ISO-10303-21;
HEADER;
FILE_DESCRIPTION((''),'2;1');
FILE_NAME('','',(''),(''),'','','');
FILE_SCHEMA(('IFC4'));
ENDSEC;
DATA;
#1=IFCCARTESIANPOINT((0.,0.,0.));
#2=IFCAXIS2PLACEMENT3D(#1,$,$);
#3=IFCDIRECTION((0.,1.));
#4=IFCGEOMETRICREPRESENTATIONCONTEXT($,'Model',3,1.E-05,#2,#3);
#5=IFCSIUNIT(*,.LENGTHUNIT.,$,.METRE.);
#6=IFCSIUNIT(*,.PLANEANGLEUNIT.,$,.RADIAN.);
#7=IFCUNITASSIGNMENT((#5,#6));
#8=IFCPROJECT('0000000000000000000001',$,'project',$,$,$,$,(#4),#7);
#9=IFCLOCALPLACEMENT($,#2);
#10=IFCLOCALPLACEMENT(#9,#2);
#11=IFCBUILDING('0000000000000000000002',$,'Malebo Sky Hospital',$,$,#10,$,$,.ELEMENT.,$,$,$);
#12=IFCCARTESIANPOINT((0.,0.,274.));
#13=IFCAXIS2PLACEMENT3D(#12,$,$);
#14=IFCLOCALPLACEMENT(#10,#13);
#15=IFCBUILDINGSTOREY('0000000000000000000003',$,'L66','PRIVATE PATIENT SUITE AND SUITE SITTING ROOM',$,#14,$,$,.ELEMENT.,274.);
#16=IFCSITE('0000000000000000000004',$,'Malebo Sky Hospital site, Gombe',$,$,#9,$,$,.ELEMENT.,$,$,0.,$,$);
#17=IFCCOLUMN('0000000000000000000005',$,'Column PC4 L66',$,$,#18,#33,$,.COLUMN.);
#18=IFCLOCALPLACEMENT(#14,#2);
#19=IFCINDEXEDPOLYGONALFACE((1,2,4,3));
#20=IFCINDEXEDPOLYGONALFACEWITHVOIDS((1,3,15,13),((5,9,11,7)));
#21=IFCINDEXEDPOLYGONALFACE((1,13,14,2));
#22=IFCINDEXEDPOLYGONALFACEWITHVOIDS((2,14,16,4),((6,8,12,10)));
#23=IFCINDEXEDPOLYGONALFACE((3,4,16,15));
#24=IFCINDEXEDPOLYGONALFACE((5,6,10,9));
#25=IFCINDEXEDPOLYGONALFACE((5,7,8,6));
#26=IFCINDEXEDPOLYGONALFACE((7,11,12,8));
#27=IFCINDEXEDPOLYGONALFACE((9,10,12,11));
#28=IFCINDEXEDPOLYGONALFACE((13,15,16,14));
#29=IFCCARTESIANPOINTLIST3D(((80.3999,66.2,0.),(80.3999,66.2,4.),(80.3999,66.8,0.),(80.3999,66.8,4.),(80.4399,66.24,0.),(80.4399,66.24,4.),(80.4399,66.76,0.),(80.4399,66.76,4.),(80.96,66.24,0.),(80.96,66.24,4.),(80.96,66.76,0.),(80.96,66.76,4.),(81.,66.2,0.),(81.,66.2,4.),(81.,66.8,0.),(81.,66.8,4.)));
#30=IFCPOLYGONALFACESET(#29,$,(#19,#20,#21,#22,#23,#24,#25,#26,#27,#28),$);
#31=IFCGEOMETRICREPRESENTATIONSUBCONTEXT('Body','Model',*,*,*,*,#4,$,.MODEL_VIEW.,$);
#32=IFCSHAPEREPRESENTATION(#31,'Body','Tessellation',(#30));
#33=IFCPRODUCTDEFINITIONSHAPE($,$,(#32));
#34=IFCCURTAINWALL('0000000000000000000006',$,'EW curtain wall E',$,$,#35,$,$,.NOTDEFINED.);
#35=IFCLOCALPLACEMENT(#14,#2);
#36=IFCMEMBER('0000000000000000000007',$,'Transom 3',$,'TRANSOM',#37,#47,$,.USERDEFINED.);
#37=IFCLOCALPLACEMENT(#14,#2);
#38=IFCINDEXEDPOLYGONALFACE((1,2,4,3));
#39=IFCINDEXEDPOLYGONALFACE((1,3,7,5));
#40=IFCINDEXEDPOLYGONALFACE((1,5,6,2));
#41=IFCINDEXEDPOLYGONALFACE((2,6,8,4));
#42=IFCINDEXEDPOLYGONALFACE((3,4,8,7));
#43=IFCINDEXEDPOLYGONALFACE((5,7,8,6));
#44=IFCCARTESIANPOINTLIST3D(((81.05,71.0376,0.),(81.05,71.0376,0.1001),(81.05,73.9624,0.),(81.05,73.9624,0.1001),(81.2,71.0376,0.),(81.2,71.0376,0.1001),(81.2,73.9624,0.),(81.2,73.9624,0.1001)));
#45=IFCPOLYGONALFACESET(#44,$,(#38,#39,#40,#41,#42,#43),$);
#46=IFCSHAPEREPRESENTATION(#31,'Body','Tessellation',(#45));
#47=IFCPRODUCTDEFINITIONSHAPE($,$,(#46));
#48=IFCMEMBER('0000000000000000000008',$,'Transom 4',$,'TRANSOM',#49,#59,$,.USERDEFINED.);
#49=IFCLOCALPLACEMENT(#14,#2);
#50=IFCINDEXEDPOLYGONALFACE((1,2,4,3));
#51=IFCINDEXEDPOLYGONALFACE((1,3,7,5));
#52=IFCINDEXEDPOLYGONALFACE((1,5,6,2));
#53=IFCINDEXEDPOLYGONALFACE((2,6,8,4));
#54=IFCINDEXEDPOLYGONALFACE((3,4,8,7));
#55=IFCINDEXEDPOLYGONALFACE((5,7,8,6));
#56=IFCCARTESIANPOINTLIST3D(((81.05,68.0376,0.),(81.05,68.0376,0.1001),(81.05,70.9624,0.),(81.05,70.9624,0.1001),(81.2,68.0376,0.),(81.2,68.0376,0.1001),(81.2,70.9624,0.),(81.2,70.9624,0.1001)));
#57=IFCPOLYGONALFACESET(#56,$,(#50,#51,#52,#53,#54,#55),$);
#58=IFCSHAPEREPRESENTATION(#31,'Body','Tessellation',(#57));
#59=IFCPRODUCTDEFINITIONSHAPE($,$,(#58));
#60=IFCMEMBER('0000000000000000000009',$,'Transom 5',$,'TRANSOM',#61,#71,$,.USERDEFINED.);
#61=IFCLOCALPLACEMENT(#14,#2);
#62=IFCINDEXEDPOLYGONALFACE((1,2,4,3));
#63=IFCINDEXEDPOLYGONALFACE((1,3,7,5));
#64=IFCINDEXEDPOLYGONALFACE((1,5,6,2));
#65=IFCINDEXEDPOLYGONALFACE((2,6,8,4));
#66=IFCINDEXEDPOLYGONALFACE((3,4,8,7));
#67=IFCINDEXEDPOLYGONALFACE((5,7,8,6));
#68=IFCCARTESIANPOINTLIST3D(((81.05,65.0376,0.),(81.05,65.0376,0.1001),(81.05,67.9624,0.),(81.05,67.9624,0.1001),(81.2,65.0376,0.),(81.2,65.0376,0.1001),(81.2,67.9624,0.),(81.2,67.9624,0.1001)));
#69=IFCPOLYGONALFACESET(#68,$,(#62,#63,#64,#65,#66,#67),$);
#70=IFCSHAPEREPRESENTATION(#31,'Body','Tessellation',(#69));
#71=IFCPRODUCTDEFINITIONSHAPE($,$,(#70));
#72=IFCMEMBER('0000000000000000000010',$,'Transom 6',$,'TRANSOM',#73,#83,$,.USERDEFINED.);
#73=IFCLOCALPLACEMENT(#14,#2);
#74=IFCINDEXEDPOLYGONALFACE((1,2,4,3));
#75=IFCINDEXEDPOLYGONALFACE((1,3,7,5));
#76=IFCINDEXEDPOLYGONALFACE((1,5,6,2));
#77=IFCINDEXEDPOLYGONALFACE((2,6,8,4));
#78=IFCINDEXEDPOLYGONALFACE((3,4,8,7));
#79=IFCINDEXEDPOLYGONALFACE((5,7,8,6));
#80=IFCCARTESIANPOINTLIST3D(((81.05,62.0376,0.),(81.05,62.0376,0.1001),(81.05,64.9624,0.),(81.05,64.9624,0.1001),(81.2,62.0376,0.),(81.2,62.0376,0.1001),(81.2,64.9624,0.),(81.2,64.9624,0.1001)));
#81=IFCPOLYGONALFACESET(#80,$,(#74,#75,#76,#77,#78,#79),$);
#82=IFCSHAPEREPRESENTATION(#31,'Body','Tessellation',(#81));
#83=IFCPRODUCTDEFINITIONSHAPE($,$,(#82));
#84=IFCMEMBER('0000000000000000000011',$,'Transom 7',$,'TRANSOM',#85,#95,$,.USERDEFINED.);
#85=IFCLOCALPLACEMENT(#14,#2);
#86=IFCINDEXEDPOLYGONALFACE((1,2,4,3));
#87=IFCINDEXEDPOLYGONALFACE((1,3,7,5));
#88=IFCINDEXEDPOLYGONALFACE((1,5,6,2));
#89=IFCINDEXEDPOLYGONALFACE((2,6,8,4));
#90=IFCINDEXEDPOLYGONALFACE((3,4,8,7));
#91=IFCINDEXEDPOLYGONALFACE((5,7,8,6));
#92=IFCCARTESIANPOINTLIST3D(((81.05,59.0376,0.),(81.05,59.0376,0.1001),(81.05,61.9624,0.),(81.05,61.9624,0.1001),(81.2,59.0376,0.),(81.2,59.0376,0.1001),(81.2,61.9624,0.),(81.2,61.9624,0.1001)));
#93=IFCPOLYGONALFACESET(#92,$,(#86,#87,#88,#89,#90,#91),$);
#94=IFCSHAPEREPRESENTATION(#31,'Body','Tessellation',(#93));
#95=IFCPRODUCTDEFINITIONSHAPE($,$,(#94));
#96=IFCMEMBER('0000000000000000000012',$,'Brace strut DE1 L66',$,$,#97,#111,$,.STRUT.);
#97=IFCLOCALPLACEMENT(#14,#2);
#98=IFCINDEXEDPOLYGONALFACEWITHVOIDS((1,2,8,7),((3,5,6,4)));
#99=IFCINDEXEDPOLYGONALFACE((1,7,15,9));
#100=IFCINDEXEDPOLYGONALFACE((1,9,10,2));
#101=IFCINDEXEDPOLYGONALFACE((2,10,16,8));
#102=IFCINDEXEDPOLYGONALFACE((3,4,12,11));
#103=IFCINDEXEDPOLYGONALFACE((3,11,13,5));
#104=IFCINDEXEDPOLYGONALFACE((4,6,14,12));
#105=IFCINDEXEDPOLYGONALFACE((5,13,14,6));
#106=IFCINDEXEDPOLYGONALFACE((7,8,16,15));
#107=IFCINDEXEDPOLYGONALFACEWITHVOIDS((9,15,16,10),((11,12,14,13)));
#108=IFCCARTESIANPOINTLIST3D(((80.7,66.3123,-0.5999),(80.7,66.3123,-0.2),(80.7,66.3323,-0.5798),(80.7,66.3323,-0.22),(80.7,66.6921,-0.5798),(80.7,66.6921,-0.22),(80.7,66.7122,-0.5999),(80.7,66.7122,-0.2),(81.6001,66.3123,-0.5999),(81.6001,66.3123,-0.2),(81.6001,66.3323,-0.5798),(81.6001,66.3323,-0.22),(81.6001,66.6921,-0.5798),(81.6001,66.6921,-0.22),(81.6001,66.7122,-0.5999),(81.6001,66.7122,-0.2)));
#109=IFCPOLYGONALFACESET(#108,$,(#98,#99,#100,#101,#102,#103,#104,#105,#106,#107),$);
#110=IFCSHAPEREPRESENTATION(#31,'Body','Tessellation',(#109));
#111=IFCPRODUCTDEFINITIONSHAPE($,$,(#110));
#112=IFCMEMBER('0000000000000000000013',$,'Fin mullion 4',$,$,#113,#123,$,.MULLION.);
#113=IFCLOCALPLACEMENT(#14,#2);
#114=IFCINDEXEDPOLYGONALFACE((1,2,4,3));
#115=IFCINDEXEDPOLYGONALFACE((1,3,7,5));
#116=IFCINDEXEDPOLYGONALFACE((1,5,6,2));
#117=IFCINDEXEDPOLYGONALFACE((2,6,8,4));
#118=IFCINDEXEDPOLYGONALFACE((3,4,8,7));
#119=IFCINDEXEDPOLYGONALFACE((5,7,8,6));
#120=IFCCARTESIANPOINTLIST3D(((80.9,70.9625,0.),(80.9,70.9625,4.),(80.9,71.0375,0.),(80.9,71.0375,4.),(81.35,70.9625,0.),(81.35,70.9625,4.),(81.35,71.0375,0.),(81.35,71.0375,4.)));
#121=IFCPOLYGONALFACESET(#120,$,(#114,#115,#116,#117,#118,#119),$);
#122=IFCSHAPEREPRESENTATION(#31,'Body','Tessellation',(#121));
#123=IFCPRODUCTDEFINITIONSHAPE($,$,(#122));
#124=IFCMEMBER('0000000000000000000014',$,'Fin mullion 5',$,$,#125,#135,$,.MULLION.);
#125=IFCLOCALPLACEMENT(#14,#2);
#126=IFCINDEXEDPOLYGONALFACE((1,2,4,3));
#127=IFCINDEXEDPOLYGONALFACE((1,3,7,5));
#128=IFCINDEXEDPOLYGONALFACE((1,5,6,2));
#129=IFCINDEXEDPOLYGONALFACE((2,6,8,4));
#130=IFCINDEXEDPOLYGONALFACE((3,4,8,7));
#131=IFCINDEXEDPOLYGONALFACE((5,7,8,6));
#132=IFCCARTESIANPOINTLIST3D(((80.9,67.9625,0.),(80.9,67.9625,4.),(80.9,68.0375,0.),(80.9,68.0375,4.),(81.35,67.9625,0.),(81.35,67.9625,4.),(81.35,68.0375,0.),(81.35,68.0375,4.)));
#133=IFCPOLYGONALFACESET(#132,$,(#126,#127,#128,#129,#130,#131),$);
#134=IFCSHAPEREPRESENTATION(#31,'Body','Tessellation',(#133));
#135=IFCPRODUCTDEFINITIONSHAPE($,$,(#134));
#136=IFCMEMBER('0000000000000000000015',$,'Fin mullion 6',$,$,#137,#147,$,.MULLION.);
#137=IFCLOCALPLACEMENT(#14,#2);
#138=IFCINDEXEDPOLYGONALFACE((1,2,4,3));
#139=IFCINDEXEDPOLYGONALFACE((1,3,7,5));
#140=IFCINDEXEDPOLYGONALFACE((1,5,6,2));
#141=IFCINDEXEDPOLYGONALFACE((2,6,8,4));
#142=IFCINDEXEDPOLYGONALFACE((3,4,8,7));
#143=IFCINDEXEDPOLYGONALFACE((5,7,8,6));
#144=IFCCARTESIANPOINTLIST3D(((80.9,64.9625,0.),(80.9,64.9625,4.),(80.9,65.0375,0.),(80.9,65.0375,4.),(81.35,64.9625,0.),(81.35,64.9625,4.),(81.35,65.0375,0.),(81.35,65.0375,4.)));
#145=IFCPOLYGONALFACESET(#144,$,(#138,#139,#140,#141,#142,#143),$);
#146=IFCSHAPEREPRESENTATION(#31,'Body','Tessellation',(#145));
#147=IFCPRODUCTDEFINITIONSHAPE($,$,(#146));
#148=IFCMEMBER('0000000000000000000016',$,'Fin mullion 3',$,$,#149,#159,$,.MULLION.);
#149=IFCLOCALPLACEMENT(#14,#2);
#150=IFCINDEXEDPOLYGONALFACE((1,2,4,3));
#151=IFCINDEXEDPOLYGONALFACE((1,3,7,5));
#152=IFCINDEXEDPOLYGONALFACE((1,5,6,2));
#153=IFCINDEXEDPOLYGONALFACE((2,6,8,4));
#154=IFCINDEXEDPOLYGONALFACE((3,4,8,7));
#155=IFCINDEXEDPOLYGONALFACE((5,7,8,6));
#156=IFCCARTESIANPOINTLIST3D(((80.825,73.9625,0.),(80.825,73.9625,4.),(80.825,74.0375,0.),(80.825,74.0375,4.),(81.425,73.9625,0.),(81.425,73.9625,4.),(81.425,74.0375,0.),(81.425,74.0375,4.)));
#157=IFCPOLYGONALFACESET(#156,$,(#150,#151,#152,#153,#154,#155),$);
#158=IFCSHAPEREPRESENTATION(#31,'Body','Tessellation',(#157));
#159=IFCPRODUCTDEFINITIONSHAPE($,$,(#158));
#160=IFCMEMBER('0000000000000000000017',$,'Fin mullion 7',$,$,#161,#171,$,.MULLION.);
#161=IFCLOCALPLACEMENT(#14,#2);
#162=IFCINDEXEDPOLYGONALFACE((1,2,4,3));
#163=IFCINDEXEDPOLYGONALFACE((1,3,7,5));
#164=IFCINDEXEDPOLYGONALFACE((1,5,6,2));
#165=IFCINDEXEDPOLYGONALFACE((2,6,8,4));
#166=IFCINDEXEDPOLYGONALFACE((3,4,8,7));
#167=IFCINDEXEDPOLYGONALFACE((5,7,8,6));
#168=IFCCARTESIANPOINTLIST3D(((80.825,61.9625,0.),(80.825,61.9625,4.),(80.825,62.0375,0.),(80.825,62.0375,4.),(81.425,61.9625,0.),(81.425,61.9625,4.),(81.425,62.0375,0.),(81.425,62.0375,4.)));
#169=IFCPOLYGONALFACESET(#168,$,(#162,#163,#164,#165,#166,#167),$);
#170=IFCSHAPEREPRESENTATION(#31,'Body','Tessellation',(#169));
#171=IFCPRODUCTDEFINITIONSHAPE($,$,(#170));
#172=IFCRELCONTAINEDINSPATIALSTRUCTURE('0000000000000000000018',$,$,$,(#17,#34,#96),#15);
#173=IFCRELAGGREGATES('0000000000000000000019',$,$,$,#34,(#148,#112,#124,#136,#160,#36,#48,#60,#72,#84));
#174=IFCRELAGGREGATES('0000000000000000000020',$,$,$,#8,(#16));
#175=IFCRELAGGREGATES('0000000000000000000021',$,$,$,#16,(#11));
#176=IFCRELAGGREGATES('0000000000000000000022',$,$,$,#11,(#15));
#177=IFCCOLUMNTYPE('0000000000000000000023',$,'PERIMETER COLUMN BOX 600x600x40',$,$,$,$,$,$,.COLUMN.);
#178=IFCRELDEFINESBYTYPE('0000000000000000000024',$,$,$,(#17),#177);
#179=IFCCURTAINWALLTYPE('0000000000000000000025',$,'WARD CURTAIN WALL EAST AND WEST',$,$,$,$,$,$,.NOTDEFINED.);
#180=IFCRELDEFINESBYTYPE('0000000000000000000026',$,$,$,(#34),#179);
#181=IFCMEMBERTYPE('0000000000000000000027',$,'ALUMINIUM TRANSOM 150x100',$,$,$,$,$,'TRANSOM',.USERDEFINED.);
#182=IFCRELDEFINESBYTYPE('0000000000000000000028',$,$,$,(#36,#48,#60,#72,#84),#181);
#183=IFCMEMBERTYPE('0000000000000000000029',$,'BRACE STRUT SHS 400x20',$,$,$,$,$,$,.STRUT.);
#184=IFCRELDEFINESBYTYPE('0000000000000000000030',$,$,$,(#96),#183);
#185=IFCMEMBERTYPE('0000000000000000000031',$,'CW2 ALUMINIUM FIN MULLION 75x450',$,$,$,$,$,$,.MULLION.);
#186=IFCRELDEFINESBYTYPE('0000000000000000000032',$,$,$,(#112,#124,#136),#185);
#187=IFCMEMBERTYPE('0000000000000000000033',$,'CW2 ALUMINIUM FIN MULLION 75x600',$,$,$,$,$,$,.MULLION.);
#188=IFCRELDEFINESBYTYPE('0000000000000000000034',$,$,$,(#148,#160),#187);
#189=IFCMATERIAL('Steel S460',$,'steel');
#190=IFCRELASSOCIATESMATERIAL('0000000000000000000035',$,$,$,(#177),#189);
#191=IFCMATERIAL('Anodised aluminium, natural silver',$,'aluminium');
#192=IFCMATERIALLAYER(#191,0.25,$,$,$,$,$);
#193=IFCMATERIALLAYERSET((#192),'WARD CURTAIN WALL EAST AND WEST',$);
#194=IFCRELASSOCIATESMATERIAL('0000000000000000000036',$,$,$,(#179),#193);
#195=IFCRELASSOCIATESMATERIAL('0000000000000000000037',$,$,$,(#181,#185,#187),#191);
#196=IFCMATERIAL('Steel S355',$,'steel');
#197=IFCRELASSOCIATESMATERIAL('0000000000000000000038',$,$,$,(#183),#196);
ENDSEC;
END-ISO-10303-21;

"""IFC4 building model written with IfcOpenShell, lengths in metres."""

from ifc_helpers import new_model, si_unit, direction, frame, origin, origin_2d, place, context, subcontext, project, spatial, rectangle, hollow_rectangle, extrude, material, layer, layer_set, material_profile, profile_set, type_object, element, aggregate, save


model = new_model("IFC4")

# Units and contexts
model_context = context("Model", 3, precision=1e-05, world=origin(), true_north=direction((0.0, 1.0)))
body_context = subcontext(model_context, "Body", "Model", "MODEL_VIEW")
ifc_project = project(units=[si_unit("LENGTHUNIT", "METRE"), si_unit("PLANEANGLEUNIT", "RADIAN")], contexts=[model_context])

# Site, building, storey
site_placement = place(None, origin())
site = spatial("IfcSite", under=ifc_project, at=site_placement, Name="Malebo Sky Hospital site, Gombe", CompositionType="ELEMENT", RefElevation=0.0)
building_placement = place(site_placement, origin())
building = spatial("IfcBuilding", under=site, at=building_placement, Name="Malebo Sky Hospital", CompositionType="ELEMENT")
storey_placement = place(building_placement, frame((0.0, 0.0, 274.0)))
storey = spatial("IfcBuildingStorey", under=building, at=storey_placement, Name="L66", Description="PRIVATE PATIENT SUITE AND SUITE SITTING ROOM", CompositionType="ELEMENT", Elevation=274.0)

# Column
ifc_material_1 = material(Name="Steel S460", Category="steel")
ifc_material_profile_1 = material_profile(ifc_material_1, hollow_rectangle(XDim=0.6001, YDim=0.6001, WallThickness=0.04, at=origin_2d()), Name="BOX 600x600x40")
ifc_profile_set_1 = profile_set([ifc_material_profile_1], Name="Steel S460")
column_type = type_object("IfcColumnType", Name="PERIMETER COLUMN BOX 600x600x40", PredefinedType="COLUMN", material=ifc_profile_set_1)
column_placement = place(storey_placement, frame((80.7, 66.5, 0.0), z_axis=(0.0, 0.0, 1.0), x_axis=(1.0, 0.0, 0.0)))
element("IfcColumn", 1, at=column_placement, inside=storey, type_object=column_type, Name="Column PC4 L66", PredefinedType="COLUMN", context=body_context, shape_type="SweptSolid", body=[
    extrude(hollow_rectangle(XDim=0.6001, YDim=0.6001, WallThickness=0.04, at=origin_2d()), origin(), (0.0, 0.0, 1.0), 4.0),
])

# Curtain wall, members
ifc_material_2 = material(Name="Anodised aluminium, natural silver", Category="aluminium")
ifc_layer_1 = layer(ifc_material_2, 0.25)
ifc_layer_set_1 = layer_set([ifc_layer_1], Name="WARD CURTAIN WALL EAST AND WEST")
curtain_wall_type = type_object("IfcCurtainWallType", Name="WARD CURTAIN WALL EAST AND WEST", PredefinedType="NOTDEFINED", material=ifc_layer_set_1)
curtain_wall_placement = place(storey_placement, origin())
curtain_wall = element("IfcCurtainWall", 2, at=curtain_wall_placement, inside=storey, type_object=curtain_wall_type, Name="EW curtain wall E", PredefinedType="NOTDEFINED")
ifc_material_profile_2 = material_profile(ifc_material_2, rectangle(XDim=0.1499, YDim=0.1001, at=origin_2d()), Name="ALUMINIUM TRANSOM 150x100")
ifc_profile_set_2 = profile_set([ifc_material_profile_2], Name="Anodised aluminium, natural silver")
member_type_1 = type_object("IfcMemberType", Name="ALUMINIUM TRANSOM 150x100", ElementType="TRANSOM", PredefinedType="USERDEFINED", material=ifc_profile_set_2)
member_1_placement = place(storey_placement, frame((81.125, 73.9624, 0.05), z_axis=(0.0, -1.0, 0.0), x_axis=(1.0, 0.0, 0.0)))
member_1 = element("IfcMember", 3, at=member_1_placement, type_object=member_type_1, Name="Transom 3", ObjectType="TRANSOM", PredefinedType="USERDEFINED", context=body_context, shape_type="SweptSolid", body=[
    extrude(rectangle(XDim=0.1499, YDim=0.1001, at=origin_2d()), origin(), (0.0, 0.0, 1.0), 2.9248),
])
member_2_placement = place(storey_placement, frame((81.125, 70.9624, 0.05), z_axis=(0.0, -1.0, 0.0), x_axis=(1.0, 0.0, 0.0)))
member_2 = element("IfcMember", 4, at=member_2_placement, type_object=member_type_1, Name="Transom 4", ObjectType="TRANSOM", PredefinedType="USERDEFINED", context=body_context, shape_type="SweptSolid", body=[
    extrude(rectangle(XDim=0.1499, YDim=0.1001, at=origin_2d()), origin(), (0.0, 0.0, 1.0), 2.9248),
])
member_3_placement = place(storey_placement, frame((81.125, 67.9624, 0.05), z_axis=(0.0, -1.0, 0.0), x_axis=(1.0, 0.0, 0.0)))
member_3 = element("IfcMember", 5, at=member_3_placement, type_object=member_type_1, Name="Transom 5", ObjectType="TRANSOM", PredefinedType="USERDEFINED", context=body_context, shape_type="SweptSolid", body=[
    extrude(rectangle(XDim=0.1499, YDim=0.1001, at=origin_2d()), origin(), (0.0, 0.0, 1.0), 2.9248),
])
member_4_placement = place(storey_placement, frame((81.125, 64.9624, 0.05), z_axis=(0.0, -1.0, 0.0), x_axis=(1.0, 0.0, 0.0)))
member_4 = element("IfcMember", 6, at=member_4_placement, type_object=member_type_1, Name="Transom 6", ObjectType="TRANSOM", PredefinedType="USERDEFINED", context=body_context, shape_type="SweptSolid", body=[
    extrude(rectangle(XDim=0.1499, YDim=0.1001, at=origin_2d()), origin(), (0.0, 0.0, 1.0), 2.9248),
])
member_5_placement = place(storey_placement, frame((81.125, 61.9624, 0.05), z_axis=(0.0, -1.0, 0.0), x_axis=(1.0, 0.0, 0.0)))
member_5 = element("IfcMember", 7, at=member_5_placement, type_object=member_type_1, Name="Transom 7", ObjectType="TRANSOM", PredefinedType="USERDEFINED", context=body_context, shape_type="SweptSolid", body=[
    extrude(rectangle(XDim=0.1499, YDim=0.1001, at=origin_2d()), origin(), (0.0, 0.0, 1.0), 2.9248),
])

# Members
ifc_material_3 = material(Name="Steel S355", Category="steel")
ifc_material_profile_3 = material_profile(ifc_material_3, hollow_rectangle(XDim=0.3999, YDim=0.3999, WallThickness=0.02, at=origin_2d()), Name="SHS 400x20")
ifc_profile_set_3 = profile_set([ifc_material_profile_3], Name="Steel S355")
member_type_2 = type_object("IfcMemberType", Name="BRACE STRUT SHS 400x20", PredefinedType="STRUT", material=ifc_profile_set_3)
member_6_placement = place(storey_placement, frame((81.6001, 66.5122, -0.3999), z_axis=(-1.0, 0.0, 0.0), x_axis=(0.0, -1.0, 0.0)))
element("IfcMember", 8, at=member_6_placement, inside=storey, type_object=member_type_2, Name="Brace strut DE1 L66", PredefinedType="STRUT", context=body_context, shape_type="SweptSolid", body=[
    extrude(hollow_rectangle(XDim=0.3999, YDim=0.3999, WallThickness=0.02, at=origin_2d()), origin(), (0.0, 0.0, 1.0), 0.9001),
])
ifc_material_profile_4 = material_profile(ifc_material_2, rectangle(XDim=0.075, YDim=0.45, at=origin_2d()), Name="CW2 ALUMINIUM FIN MULLION 75x450")
ifc_profile_set_4 = profile_set([ifc_material_profile_4], Name="Anodised aluminium, natural silver")
member_type_3 = type_object("IfcMemberType", Name="CW2 ALUMINIUM FIN MULLION 75x450", PredefinedType="MULLION", material=ifc_profile_set_4)
member_7_placement = place(storey_placement, frame((81.125, 71.0, 0.0), z_axis=(0.0, 0.0, 1.0), x_axis=(0.0, -1.0, 0.0)))
member_7 = element("IfcMember", 9, at=member_7_placement, type_object=member_type_3, Name="Fin mullion 4", PredefinedType="MULLION", context=body_context, shape_type="SweptSolid", body=[
    extrude(rectangle(XDim=0.075, YDim=0.45, at=origin_2d()), origin(), (0.0, 0.0, 1.0), 4.0),
])
member_8_placement = place(storey_placement, frame((81.125, 68.0, 0.0), z_axis=(0.0, 0.0, 1.0), x_axis=(0.0, -1.0, 0.0)))
member_8 = element("IfcMember", 10, at=member_8_placement, type_object=member_type_3, Name="Fin mullion 5", PredefinedType="MULLION", context=body_context, shape_type="SweptSolid", body=[
    extrude(rectangle(XDim=0.075, YDim=0.45, at=origin_2d()), origin(), (0.0, 0.0, 1.0), 4.0),
])
member_9_placement = place(storey_placement, frame((81.125, 65.0, 0.0), z_axis=(0.0, 0.0, 1.0), x_axis=(0.0, -1.0, 0.0)))
member_9 = element("IfcMember", 11, at=member_9_placement, type_object=member_type_3, Name="Fin mullion 6", PredefinedType="MULLION", context=body_context, shape_type="SweptSolid", body=[
    extrude(rectangle(XDim=0.075, YDim=0.45, at=origin_2d()), origin(), (0.0, 0.0, 1.0), 4.0),
])
ifc_material_profile_5 = material_profile(ifc_material_2, rectangle(XDim=0.075, YDim=0.6001, at=origin_2d()), Name="CW2 ALUMINIUM FIN MULLION 75x600")
ifc_profile_set_5 = profile_set([ifc_material_profile_5], Name="Anodised aluminium, natural silver")
member_type_4 = type_object("IfcMemberType", Name="CW2 ALUMINIUM FIN MULLION 75x600", PredefinedType="MULLION", material=ifc_profile_set_5)
member_10_placement = place(storey_placement, frame((81.125, 74.0, 0.0), z_axis=(0.0, 0.0, 1.0), x_axis=(0.0, -1.0, 0.0)))
member_10 = element("IfcMember", 12, at=member_10_placement, type_object=member_type_4, Name="Fin mullion 3", PredefinedType="MULLION", context=body_context, shape_type="SweptSolid", body=[
    extrude(rectangle(XDim=0.075, YDim=0.6001, at=origin_2d()), origin(), (0.0, 0.0, 1.0), 4.0),
])
member_11_placement = place(storey_placement, frame((81.125, 62.0, 0.0), z_axis=(0.0, 0.0, 1.0), x_axis=(0.0, -1.0, 0.0)))
member_11 = element("IfcMember", 13, at=member_11_placement, type_object=member_type_4, Name="Fin mullion 7", PredefinedType="MULLION", context=body_context, shape_type="SweptSolid", body=[
    extrude(rectangle(XDim=0.075, YDim=0.6001, at=origin_2d()), origin(), (0.0, 0.0, 1.0), 4.0),
])

aggregate(curtain_wall, [member_10, member_7, member_8, member_9, member_11, member_1, member_2, member_3, member_4, member_5])

save(model, "model.ifc")
